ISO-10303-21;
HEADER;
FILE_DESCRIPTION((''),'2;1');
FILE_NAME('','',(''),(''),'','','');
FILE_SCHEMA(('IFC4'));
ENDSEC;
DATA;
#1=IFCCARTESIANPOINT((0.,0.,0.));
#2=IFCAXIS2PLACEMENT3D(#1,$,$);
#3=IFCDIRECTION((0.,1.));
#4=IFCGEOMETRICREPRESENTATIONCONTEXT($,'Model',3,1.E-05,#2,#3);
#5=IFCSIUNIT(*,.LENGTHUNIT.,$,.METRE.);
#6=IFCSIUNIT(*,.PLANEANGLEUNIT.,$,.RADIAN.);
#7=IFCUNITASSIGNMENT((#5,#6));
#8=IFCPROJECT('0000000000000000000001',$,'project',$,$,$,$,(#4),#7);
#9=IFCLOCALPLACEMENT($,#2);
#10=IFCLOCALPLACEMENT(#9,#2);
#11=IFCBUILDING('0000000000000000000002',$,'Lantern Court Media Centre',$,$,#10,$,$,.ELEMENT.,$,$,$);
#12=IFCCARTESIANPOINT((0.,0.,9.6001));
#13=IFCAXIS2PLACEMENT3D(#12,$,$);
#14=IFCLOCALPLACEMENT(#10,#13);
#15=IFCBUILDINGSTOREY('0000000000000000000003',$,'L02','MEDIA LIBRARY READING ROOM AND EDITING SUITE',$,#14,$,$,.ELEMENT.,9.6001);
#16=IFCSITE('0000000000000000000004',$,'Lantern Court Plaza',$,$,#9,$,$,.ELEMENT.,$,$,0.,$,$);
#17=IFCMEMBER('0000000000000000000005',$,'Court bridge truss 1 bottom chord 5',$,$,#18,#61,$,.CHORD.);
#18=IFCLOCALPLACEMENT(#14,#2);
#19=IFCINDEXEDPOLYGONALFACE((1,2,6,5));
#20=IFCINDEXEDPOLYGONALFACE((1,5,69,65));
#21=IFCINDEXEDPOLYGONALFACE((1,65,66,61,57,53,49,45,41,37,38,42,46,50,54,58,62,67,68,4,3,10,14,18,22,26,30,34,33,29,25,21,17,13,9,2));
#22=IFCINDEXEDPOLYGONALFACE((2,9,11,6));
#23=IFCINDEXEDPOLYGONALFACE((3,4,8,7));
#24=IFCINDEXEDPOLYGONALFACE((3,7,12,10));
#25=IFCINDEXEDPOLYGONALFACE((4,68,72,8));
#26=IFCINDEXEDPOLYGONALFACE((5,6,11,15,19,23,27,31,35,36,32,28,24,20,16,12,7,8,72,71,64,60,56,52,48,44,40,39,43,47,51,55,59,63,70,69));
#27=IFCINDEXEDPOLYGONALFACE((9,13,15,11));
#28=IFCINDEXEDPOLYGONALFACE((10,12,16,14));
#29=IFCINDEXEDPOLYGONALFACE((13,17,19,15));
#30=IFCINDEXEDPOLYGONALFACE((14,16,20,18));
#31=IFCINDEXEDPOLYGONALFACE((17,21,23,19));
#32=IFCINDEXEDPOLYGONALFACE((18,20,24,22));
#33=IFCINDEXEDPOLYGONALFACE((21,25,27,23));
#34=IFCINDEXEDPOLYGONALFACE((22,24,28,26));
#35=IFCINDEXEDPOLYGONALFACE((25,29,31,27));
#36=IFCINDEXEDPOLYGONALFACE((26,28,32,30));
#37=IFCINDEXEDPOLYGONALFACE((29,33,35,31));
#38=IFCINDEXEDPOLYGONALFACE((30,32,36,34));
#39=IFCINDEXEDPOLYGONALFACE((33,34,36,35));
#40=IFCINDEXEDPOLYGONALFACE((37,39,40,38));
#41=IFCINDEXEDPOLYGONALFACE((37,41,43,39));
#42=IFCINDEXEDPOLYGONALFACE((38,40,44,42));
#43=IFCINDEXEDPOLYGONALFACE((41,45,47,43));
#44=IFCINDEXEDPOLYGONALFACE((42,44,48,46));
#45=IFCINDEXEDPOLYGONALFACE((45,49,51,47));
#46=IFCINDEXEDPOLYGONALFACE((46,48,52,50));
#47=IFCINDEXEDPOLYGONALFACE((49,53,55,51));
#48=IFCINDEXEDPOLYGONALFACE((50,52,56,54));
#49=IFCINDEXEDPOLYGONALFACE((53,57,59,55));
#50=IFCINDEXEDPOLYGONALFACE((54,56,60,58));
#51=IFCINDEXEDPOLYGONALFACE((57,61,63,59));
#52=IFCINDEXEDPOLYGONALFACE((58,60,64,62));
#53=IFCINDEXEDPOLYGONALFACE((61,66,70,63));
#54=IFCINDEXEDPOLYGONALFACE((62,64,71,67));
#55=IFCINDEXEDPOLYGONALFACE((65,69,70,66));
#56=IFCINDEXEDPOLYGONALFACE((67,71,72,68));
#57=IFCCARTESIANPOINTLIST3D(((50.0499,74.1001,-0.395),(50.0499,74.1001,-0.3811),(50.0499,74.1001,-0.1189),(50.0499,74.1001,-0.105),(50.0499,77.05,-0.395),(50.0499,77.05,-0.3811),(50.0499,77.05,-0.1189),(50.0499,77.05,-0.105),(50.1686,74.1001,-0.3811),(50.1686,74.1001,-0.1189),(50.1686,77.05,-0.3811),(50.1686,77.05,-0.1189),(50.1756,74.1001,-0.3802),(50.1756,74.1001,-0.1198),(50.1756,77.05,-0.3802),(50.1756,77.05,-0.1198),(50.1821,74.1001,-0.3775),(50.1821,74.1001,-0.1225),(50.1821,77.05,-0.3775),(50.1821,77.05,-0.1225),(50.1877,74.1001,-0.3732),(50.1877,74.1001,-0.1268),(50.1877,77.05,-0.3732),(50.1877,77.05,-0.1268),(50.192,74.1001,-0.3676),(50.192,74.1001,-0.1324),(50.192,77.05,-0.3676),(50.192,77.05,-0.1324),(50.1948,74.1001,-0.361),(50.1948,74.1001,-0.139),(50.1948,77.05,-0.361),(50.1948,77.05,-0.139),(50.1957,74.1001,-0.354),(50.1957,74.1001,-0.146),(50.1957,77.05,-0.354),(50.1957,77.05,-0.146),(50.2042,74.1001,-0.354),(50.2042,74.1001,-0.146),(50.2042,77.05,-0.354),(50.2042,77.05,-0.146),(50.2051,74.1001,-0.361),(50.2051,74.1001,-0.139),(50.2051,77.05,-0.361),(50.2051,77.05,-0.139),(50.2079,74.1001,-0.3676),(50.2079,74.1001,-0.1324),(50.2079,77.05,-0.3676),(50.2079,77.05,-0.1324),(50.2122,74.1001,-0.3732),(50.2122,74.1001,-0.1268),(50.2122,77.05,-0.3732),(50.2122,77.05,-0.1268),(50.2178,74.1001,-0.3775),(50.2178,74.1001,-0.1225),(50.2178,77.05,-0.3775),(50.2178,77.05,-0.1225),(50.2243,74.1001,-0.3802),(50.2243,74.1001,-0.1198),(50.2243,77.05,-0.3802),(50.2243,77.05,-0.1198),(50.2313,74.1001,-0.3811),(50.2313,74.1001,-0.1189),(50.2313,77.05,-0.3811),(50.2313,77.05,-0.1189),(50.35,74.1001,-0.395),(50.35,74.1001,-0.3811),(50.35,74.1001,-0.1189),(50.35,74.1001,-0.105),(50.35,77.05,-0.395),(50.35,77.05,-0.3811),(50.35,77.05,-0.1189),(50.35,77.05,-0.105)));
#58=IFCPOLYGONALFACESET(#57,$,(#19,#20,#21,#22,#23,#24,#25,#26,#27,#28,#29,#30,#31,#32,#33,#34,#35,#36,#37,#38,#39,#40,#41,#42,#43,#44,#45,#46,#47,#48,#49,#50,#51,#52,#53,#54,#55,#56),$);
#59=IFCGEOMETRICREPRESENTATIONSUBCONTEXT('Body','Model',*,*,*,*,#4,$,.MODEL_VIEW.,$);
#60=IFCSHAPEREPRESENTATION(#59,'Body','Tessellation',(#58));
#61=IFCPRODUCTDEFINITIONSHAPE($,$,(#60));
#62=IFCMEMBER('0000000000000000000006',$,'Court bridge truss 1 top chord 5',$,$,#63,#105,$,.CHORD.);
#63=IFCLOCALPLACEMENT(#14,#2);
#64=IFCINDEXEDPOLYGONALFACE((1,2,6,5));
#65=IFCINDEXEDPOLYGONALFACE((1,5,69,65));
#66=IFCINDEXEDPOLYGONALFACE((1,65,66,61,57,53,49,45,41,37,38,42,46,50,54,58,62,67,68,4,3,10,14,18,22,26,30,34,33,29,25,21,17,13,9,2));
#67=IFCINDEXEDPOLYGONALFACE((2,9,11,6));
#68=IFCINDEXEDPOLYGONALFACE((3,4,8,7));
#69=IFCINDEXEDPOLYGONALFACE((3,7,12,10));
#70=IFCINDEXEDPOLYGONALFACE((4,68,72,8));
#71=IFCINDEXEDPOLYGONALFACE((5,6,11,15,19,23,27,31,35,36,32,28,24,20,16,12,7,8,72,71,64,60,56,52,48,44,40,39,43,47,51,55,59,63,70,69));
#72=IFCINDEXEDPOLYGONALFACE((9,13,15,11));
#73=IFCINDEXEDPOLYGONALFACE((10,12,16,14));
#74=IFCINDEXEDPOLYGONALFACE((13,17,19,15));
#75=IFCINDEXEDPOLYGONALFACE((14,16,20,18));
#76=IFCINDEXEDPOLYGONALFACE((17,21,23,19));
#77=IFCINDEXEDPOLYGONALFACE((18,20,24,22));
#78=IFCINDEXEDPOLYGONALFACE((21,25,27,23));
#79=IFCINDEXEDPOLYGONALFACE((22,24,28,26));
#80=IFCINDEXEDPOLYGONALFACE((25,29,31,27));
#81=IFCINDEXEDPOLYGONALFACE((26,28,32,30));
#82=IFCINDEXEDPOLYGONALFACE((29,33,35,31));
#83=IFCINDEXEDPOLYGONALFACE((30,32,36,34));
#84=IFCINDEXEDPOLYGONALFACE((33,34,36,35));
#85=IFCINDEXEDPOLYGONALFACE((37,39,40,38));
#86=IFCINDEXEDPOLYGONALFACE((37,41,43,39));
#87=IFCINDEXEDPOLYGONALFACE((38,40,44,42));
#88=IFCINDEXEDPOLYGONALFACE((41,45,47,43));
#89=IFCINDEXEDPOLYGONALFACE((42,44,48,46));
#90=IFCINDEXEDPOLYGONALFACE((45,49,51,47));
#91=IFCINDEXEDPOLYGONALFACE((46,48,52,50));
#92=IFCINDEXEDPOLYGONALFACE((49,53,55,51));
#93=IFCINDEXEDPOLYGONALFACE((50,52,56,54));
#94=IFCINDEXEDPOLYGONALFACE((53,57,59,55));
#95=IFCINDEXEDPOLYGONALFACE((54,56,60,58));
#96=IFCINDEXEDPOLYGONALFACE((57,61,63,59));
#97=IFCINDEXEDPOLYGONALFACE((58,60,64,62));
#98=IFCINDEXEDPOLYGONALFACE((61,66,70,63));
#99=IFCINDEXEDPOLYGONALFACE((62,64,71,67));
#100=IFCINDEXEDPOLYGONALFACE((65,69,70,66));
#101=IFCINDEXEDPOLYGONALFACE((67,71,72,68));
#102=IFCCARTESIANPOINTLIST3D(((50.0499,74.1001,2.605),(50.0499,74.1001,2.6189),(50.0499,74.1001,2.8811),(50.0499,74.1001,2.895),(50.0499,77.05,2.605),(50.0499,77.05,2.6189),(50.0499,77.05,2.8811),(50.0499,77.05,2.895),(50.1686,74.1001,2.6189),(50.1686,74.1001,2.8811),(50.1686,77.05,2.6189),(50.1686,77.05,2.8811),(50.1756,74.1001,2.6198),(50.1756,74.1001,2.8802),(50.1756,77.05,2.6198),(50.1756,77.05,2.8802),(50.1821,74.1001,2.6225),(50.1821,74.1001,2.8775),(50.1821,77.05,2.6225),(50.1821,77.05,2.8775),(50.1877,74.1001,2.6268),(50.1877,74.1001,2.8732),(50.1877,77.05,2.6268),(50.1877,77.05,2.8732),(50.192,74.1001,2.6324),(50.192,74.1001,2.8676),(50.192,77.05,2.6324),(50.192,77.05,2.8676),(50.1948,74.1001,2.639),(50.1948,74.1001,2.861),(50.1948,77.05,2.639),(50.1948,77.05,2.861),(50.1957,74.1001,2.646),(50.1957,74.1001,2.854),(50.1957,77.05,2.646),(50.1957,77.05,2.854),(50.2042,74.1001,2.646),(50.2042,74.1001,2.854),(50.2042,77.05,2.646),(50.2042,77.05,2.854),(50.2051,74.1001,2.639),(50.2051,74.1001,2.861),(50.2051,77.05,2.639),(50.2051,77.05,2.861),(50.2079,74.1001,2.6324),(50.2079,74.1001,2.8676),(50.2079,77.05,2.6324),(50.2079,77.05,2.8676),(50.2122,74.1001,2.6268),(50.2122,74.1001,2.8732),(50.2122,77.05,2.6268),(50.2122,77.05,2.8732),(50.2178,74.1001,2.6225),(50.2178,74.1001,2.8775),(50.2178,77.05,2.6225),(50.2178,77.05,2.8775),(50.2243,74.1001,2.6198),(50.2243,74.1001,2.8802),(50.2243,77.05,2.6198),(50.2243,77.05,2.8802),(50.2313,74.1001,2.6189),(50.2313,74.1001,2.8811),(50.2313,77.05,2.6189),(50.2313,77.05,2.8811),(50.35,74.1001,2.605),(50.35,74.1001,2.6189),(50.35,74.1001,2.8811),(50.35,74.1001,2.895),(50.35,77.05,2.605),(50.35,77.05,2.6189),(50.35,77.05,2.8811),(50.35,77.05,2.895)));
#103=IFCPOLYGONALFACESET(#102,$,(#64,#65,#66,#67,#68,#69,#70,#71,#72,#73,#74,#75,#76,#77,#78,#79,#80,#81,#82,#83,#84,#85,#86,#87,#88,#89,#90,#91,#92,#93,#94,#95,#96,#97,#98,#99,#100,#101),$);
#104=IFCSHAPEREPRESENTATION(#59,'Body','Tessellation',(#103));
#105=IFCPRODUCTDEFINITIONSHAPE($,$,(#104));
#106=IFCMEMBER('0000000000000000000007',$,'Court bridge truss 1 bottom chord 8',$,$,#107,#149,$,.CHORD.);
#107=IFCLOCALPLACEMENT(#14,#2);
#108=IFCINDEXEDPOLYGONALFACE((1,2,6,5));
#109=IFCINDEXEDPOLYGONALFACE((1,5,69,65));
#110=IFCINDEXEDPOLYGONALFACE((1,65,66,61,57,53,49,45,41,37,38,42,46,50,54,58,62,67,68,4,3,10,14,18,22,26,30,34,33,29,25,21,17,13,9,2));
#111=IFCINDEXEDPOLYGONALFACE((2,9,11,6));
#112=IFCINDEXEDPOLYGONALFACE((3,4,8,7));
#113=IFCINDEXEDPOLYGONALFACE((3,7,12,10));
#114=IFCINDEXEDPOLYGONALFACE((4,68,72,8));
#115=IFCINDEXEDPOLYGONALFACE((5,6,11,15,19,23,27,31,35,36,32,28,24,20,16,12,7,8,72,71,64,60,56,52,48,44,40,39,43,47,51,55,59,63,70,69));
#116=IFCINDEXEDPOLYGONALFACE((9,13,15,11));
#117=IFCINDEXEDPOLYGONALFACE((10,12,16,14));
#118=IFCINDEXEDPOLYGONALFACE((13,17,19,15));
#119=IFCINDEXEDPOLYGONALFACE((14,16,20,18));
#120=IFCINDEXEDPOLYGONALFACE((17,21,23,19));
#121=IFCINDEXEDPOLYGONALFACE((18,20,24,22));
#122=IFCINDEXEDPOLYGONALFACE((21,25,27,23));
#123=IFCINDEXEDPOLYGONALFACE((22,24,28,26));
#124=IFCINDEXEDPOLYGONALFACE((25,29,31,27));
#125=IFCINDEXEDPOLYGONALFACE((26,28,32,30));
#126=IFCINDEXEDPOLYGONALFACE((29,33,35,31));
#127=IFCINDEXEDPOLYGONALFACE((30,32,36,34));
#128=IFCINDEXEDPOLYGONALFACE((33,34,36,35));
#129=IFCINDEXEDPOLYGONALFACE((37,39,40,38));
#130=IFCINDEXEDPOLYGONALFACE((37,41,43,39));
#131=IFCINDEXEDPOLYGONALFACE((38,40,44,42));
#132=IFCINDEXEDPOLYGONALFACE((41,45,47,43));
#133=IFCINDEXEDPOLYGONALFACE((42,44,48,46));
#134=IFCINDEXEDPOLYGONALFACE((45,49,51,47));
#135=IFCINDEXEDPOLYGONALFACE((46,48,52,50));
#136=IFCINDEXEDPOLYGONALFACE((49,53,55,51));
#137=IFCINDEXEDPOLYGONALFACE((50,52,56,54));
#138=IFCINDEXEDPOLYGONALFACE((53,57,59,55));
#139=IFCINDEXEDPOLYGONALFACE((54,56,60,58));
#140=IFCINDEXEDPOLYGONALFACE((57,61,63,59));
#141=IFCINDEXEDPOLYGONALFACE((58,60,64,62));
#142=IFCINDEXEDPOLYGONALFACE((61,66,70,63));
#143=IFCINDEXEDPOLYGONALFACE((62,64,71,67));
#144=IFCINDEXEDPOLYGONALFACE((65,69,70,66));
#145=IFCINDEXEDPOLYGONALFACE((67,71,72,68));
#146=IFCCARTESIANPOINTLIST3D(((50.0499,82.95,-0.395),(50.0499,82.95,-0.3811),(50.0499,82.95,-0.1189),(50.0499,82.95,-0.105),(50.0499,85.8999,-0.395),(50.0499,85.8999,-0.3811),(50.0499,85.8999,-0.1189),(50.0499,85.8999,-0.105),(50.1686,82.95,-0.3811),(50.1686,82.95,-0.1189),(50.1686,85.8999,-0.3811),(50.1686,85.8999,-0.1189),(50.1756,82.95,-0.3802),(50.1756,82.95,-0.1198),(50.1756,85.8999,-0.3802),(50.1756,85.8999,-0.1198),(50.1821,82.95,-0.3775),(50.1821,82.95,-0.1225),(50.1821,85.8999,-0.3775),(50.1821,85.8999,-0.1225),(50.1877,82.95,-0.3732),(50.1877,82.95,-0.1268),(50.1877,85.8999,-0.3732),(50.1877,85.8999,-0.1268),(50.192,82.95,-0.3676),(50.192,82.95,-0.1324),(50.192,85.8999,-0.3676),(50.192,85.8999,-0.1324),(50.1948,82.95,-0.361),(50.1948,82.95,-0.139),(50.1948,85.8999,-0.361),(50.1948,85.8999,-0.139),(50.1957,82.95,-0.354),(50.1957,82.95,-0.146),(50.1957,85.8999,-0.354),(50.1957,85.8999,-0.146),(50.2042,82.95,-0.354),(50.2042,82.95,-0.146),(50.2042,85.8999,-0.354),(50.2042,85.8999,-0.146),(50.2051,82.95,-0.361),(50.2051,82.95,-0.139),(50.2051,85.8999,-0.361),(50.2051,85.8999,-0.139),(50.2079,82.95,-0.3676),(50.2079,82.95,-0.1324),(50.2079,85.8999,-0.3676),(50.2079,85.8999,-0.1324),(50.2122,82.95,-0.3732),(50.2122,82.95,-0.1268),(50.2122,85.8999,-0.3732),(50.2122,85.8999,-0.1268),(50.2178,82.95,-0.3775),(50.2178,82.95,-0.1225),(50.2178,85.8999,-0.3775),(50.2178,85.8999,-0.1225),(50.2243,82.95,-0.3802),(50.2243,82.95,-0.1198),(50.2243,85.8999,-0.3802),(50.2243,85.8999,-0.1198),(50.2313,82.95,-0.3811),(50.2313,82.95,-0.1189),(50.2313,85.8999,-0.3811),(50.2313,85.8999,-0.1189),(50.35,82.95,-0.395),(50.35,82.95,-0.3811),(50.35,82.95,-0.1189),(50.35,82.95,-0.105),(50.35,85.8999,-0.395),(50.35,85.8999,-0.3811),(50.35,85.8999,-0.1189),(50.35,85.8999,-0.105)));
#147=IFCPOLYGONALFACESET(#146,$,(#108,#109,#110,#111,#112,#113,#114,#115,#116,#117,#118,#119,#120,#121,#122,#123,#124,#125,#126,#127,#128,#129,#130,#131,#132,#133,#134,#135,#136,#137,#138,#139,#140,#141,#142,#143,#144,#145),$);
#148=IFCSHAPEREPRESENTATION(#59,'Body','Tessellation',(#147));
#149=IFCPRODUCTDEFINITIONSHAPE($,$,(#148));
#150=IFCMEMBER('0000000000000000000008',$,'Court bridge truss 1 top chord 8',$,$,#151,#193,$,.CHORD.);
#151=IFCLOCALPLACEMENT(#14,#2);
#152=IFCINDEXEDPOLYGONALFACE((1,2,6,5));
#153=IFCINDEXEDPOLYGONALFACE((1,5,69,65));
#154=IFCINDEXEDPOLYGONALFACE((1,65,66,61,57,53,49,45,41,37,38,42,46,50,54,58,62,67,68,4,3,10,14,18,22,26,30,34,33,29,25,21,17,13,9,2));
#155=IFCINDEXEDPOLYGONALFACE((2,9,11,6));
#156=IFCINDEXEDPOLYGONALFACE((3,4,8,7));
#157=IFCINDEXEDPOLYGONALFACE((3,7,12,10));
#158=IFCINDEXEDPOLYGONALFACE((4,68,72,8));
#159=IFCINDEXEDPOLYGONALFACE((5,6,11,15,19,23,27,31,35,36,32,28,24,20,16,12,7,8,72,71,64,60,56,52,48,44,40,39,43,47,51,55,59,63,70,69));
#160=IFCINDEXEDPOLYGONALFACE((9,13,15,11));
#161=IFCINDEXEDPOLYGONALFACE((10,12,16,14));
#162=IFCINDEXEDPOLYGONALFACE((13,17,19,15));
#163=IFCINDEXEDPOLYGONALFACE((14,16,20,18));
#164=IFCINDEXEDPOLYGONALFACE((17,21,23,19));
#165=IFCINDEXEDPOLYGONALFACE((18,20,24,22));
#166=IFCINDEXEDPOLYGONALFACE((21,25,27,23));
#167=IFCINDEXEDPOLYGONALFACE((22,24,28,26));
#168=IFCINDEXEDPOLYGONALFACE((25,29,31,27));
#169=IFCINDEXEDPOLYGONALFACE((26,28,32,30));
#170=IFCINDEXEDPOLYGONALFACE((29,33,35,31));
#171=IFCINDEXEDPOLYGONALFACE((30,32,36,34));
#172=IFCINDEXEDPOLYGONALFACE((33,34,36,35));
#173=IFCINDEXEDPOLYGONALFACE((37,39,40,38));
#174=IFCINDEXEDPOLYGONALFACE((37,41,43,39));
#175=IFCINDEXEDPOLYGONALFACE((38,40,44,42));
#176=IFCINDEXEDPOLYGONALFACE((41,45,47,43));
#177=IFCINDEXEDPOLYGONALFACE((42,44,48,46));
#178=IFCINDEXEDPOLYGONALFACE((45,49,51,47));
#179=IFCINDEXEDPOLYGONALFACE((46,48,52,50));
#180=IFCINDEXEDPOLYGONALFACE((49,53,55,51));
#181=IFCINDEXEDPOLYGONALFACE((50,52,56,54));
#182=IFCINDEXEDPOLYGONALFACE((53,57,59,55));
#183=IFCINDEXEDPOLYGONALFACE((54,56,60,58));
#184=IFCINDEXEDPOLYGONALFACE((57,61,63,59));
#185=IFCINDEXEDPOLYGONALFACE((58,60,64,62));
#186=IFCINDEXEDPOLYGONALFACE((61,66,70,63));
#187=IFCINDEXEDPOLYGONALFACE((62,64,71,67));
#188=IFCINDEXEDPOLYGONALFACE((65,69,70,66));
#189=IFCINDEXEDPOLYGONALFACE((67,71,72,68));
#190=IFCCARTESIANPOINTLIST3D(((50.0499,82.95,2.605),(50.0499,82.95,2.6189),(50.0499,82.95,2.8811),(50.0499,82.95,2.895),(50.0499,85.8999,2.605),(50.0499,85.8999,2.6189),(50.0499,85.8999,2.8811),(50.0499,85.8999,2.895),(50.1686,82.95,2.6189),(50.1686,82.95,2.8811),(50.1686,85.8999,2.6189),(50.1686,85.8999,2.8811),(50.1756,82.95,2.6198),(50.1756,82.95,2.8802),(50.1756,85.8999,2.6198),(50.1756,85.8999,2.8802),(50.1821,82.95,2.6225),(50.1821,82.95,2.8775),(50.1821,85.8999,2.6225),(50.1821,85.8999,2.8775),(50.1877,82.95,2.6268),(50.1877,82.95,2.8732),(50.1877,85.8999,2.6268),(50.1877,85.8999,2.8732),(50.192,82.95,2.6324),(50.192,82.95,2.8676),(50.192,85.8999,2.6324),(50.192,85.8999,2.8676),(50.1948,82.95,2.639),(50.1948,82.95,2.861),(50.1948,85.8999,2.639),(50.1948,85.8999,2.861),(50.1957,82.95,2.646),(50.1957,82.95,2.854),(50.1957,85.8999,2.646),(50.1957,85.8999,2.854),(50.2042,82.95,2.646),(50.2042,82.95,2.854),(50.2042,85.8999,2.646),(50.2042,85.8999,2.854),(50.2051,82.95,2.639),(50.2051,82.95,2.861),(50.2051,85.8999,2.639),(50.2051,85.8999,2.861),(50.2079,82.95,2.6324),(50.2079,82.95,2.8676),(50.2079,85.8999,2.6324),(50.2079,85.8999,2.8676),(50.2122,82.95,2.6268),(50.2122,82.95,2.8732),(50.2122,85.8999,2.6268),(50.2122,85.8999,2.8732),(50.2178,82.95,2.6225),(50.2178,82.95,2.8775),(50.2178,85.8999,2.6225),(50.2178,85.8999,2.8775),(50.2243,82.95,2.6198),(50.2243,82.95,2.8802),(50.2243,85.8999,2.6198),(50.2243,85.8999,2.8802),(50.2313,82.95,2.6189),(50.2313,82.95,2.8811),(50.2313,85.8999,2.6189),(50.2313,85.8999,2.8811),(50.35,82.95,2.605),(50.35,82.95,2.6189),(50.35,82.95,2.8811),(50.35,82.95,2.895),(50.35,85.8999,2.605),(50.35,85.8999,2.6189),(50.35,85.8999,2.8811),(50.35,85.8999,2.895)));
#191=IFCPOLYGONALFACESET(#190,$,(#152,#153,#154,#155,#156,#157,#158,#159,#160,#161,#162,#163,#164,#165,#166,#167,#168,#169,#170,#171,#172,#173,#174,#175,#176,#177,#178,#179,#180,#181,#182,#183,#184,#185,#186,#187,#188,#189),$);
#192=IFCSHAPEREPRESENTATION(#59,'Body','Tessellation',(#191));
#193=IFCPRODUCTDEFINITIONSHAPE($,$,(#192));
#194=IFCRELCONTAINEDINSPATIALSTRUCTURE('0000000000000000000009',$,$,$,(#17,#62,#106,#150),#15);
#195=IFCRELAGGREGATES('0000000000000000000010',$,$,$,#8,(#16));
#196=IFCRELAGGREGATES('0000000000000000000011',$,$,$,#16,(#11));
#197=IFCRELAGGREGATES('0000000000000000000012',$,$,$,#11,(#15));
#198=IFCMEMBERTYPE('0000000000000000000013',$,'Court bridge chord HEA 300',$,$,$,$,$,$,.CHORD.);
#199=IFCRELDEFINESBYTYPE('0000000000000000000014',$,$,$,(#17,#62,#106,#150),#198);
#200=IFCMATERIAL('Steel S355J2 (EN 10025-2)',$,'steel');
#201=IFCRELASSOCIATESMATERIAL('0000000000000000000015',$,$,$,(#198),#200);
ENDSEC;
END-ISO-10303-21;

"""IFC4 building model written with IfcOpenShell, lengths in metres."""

from ifc_helpers import new_model, si_unit, direction, frame, origin, origin_2d, place, context, subcontext, project, spatial, i_section, extrude, material, material_profile, profile_set, type_object, element, save


model = new_model("IFC4")

# Units and contexts
model_context = context("Model", 3, precision=1e-05, world=origin(), true_north=direction((0.0, 1.0)))
body_context = subcontext(model_context, "Body", "Model", "MODEL_VIEW")
ifc_project = project(units=[si_unit("LENGTHUNIT", "METRE"), si_unit("PLANEANGLEUNIT", "RADIAN")], contexts=[model_context])

# Site, building, storey
site_placement = place(None, origin())
site = spatial("IfcSite", under=ifc_project, at=site_placement, Name="Lantern Court Plaza", CompositionType="ELEMENT", RefElevation=0.0)
building_placement = place(site_placement, origin())
building = spatial("IfcBuilding", under=site, at=building_placement, Name="Lantern Court Media Centre", CompositionType="ELEMENT")
storey_placement = place(building_placement, frame((0.0, 0.0, 9.6001)))
storey = spatial("IfcBuildingStorey", under=building, at=storey_placement, Name="L02", Description="MEDIA LIBRARY READING ROOM AND EDITING SUITE", CompositionType="ELEMENT", Elevation=9.6001)

# Members
ifc_material = material(Name="Steel S355J2 (EN 10025-2)", Category="steel")
ifc_material_profile_1 = material_profile(ifc_material, i_section(OverallWidth=0.3, OverallDepth=0.29, WebThickness=0.0085, FlangeThickness=0.0139, FilletRadius=0.0271, at=origin_2d()), Name="HEA 300")
ifc_profile_set_1 = profile_set([ifc_material_profile_1], Name="Steel S355J2 (EN 10025-2)")
member_type_1 = type_object("IfcMemberType", Name="Court bridge chord HEA 300", PredefinedType="CHORD", material=ifc_profile_set_1)
for number, where, z_axis, x_axis, name in (
    (1, (50.2, 74.1001, -0.25), (0.0, 1.0, 0.0), (-1.0, 0.0, 0.0), "Court bridge truss 1 bottom chord 5"),
    (2, (50.2, 74.1001, 2.75), (0.0, 1.0, 0.0), (-1.0, 0.0, 0.0), "Court bridge truss 1 top chord 5"),
    (3, (50.2, 82.95, -0.25), (0.0, 1.0, 0.0), (-1.0, 0.0, 0.0), "Court bridge truss 1 bottom chord 8"),
    (4, (50.2, 82.95, 2.75), (0.0, 1.0, 0.0), (-1.0, 0.0, 0.0), "Court bridge truss 1 top chord 8"),
):
    element("IfcMember", number, at=place(storey_placement, frame(where, z_axis=z_axis, x_axis=x_axis)), inside=storey, type_object=member_type_1, Name=name, PredefinedType="CHORD", context=body_context, shape_type="SweptSolid", body=[
        extrude(i_section(OverallWidth=0.3, OverallDepth=0.29, WebThickness=0.0085, FlangeThickness=0.0139, FilletRadius=0.0271, at=origin_2d()), origin(), (0.0, 0.0, 1.0), 2.95),
    ])

save(model, "model.ifc")
